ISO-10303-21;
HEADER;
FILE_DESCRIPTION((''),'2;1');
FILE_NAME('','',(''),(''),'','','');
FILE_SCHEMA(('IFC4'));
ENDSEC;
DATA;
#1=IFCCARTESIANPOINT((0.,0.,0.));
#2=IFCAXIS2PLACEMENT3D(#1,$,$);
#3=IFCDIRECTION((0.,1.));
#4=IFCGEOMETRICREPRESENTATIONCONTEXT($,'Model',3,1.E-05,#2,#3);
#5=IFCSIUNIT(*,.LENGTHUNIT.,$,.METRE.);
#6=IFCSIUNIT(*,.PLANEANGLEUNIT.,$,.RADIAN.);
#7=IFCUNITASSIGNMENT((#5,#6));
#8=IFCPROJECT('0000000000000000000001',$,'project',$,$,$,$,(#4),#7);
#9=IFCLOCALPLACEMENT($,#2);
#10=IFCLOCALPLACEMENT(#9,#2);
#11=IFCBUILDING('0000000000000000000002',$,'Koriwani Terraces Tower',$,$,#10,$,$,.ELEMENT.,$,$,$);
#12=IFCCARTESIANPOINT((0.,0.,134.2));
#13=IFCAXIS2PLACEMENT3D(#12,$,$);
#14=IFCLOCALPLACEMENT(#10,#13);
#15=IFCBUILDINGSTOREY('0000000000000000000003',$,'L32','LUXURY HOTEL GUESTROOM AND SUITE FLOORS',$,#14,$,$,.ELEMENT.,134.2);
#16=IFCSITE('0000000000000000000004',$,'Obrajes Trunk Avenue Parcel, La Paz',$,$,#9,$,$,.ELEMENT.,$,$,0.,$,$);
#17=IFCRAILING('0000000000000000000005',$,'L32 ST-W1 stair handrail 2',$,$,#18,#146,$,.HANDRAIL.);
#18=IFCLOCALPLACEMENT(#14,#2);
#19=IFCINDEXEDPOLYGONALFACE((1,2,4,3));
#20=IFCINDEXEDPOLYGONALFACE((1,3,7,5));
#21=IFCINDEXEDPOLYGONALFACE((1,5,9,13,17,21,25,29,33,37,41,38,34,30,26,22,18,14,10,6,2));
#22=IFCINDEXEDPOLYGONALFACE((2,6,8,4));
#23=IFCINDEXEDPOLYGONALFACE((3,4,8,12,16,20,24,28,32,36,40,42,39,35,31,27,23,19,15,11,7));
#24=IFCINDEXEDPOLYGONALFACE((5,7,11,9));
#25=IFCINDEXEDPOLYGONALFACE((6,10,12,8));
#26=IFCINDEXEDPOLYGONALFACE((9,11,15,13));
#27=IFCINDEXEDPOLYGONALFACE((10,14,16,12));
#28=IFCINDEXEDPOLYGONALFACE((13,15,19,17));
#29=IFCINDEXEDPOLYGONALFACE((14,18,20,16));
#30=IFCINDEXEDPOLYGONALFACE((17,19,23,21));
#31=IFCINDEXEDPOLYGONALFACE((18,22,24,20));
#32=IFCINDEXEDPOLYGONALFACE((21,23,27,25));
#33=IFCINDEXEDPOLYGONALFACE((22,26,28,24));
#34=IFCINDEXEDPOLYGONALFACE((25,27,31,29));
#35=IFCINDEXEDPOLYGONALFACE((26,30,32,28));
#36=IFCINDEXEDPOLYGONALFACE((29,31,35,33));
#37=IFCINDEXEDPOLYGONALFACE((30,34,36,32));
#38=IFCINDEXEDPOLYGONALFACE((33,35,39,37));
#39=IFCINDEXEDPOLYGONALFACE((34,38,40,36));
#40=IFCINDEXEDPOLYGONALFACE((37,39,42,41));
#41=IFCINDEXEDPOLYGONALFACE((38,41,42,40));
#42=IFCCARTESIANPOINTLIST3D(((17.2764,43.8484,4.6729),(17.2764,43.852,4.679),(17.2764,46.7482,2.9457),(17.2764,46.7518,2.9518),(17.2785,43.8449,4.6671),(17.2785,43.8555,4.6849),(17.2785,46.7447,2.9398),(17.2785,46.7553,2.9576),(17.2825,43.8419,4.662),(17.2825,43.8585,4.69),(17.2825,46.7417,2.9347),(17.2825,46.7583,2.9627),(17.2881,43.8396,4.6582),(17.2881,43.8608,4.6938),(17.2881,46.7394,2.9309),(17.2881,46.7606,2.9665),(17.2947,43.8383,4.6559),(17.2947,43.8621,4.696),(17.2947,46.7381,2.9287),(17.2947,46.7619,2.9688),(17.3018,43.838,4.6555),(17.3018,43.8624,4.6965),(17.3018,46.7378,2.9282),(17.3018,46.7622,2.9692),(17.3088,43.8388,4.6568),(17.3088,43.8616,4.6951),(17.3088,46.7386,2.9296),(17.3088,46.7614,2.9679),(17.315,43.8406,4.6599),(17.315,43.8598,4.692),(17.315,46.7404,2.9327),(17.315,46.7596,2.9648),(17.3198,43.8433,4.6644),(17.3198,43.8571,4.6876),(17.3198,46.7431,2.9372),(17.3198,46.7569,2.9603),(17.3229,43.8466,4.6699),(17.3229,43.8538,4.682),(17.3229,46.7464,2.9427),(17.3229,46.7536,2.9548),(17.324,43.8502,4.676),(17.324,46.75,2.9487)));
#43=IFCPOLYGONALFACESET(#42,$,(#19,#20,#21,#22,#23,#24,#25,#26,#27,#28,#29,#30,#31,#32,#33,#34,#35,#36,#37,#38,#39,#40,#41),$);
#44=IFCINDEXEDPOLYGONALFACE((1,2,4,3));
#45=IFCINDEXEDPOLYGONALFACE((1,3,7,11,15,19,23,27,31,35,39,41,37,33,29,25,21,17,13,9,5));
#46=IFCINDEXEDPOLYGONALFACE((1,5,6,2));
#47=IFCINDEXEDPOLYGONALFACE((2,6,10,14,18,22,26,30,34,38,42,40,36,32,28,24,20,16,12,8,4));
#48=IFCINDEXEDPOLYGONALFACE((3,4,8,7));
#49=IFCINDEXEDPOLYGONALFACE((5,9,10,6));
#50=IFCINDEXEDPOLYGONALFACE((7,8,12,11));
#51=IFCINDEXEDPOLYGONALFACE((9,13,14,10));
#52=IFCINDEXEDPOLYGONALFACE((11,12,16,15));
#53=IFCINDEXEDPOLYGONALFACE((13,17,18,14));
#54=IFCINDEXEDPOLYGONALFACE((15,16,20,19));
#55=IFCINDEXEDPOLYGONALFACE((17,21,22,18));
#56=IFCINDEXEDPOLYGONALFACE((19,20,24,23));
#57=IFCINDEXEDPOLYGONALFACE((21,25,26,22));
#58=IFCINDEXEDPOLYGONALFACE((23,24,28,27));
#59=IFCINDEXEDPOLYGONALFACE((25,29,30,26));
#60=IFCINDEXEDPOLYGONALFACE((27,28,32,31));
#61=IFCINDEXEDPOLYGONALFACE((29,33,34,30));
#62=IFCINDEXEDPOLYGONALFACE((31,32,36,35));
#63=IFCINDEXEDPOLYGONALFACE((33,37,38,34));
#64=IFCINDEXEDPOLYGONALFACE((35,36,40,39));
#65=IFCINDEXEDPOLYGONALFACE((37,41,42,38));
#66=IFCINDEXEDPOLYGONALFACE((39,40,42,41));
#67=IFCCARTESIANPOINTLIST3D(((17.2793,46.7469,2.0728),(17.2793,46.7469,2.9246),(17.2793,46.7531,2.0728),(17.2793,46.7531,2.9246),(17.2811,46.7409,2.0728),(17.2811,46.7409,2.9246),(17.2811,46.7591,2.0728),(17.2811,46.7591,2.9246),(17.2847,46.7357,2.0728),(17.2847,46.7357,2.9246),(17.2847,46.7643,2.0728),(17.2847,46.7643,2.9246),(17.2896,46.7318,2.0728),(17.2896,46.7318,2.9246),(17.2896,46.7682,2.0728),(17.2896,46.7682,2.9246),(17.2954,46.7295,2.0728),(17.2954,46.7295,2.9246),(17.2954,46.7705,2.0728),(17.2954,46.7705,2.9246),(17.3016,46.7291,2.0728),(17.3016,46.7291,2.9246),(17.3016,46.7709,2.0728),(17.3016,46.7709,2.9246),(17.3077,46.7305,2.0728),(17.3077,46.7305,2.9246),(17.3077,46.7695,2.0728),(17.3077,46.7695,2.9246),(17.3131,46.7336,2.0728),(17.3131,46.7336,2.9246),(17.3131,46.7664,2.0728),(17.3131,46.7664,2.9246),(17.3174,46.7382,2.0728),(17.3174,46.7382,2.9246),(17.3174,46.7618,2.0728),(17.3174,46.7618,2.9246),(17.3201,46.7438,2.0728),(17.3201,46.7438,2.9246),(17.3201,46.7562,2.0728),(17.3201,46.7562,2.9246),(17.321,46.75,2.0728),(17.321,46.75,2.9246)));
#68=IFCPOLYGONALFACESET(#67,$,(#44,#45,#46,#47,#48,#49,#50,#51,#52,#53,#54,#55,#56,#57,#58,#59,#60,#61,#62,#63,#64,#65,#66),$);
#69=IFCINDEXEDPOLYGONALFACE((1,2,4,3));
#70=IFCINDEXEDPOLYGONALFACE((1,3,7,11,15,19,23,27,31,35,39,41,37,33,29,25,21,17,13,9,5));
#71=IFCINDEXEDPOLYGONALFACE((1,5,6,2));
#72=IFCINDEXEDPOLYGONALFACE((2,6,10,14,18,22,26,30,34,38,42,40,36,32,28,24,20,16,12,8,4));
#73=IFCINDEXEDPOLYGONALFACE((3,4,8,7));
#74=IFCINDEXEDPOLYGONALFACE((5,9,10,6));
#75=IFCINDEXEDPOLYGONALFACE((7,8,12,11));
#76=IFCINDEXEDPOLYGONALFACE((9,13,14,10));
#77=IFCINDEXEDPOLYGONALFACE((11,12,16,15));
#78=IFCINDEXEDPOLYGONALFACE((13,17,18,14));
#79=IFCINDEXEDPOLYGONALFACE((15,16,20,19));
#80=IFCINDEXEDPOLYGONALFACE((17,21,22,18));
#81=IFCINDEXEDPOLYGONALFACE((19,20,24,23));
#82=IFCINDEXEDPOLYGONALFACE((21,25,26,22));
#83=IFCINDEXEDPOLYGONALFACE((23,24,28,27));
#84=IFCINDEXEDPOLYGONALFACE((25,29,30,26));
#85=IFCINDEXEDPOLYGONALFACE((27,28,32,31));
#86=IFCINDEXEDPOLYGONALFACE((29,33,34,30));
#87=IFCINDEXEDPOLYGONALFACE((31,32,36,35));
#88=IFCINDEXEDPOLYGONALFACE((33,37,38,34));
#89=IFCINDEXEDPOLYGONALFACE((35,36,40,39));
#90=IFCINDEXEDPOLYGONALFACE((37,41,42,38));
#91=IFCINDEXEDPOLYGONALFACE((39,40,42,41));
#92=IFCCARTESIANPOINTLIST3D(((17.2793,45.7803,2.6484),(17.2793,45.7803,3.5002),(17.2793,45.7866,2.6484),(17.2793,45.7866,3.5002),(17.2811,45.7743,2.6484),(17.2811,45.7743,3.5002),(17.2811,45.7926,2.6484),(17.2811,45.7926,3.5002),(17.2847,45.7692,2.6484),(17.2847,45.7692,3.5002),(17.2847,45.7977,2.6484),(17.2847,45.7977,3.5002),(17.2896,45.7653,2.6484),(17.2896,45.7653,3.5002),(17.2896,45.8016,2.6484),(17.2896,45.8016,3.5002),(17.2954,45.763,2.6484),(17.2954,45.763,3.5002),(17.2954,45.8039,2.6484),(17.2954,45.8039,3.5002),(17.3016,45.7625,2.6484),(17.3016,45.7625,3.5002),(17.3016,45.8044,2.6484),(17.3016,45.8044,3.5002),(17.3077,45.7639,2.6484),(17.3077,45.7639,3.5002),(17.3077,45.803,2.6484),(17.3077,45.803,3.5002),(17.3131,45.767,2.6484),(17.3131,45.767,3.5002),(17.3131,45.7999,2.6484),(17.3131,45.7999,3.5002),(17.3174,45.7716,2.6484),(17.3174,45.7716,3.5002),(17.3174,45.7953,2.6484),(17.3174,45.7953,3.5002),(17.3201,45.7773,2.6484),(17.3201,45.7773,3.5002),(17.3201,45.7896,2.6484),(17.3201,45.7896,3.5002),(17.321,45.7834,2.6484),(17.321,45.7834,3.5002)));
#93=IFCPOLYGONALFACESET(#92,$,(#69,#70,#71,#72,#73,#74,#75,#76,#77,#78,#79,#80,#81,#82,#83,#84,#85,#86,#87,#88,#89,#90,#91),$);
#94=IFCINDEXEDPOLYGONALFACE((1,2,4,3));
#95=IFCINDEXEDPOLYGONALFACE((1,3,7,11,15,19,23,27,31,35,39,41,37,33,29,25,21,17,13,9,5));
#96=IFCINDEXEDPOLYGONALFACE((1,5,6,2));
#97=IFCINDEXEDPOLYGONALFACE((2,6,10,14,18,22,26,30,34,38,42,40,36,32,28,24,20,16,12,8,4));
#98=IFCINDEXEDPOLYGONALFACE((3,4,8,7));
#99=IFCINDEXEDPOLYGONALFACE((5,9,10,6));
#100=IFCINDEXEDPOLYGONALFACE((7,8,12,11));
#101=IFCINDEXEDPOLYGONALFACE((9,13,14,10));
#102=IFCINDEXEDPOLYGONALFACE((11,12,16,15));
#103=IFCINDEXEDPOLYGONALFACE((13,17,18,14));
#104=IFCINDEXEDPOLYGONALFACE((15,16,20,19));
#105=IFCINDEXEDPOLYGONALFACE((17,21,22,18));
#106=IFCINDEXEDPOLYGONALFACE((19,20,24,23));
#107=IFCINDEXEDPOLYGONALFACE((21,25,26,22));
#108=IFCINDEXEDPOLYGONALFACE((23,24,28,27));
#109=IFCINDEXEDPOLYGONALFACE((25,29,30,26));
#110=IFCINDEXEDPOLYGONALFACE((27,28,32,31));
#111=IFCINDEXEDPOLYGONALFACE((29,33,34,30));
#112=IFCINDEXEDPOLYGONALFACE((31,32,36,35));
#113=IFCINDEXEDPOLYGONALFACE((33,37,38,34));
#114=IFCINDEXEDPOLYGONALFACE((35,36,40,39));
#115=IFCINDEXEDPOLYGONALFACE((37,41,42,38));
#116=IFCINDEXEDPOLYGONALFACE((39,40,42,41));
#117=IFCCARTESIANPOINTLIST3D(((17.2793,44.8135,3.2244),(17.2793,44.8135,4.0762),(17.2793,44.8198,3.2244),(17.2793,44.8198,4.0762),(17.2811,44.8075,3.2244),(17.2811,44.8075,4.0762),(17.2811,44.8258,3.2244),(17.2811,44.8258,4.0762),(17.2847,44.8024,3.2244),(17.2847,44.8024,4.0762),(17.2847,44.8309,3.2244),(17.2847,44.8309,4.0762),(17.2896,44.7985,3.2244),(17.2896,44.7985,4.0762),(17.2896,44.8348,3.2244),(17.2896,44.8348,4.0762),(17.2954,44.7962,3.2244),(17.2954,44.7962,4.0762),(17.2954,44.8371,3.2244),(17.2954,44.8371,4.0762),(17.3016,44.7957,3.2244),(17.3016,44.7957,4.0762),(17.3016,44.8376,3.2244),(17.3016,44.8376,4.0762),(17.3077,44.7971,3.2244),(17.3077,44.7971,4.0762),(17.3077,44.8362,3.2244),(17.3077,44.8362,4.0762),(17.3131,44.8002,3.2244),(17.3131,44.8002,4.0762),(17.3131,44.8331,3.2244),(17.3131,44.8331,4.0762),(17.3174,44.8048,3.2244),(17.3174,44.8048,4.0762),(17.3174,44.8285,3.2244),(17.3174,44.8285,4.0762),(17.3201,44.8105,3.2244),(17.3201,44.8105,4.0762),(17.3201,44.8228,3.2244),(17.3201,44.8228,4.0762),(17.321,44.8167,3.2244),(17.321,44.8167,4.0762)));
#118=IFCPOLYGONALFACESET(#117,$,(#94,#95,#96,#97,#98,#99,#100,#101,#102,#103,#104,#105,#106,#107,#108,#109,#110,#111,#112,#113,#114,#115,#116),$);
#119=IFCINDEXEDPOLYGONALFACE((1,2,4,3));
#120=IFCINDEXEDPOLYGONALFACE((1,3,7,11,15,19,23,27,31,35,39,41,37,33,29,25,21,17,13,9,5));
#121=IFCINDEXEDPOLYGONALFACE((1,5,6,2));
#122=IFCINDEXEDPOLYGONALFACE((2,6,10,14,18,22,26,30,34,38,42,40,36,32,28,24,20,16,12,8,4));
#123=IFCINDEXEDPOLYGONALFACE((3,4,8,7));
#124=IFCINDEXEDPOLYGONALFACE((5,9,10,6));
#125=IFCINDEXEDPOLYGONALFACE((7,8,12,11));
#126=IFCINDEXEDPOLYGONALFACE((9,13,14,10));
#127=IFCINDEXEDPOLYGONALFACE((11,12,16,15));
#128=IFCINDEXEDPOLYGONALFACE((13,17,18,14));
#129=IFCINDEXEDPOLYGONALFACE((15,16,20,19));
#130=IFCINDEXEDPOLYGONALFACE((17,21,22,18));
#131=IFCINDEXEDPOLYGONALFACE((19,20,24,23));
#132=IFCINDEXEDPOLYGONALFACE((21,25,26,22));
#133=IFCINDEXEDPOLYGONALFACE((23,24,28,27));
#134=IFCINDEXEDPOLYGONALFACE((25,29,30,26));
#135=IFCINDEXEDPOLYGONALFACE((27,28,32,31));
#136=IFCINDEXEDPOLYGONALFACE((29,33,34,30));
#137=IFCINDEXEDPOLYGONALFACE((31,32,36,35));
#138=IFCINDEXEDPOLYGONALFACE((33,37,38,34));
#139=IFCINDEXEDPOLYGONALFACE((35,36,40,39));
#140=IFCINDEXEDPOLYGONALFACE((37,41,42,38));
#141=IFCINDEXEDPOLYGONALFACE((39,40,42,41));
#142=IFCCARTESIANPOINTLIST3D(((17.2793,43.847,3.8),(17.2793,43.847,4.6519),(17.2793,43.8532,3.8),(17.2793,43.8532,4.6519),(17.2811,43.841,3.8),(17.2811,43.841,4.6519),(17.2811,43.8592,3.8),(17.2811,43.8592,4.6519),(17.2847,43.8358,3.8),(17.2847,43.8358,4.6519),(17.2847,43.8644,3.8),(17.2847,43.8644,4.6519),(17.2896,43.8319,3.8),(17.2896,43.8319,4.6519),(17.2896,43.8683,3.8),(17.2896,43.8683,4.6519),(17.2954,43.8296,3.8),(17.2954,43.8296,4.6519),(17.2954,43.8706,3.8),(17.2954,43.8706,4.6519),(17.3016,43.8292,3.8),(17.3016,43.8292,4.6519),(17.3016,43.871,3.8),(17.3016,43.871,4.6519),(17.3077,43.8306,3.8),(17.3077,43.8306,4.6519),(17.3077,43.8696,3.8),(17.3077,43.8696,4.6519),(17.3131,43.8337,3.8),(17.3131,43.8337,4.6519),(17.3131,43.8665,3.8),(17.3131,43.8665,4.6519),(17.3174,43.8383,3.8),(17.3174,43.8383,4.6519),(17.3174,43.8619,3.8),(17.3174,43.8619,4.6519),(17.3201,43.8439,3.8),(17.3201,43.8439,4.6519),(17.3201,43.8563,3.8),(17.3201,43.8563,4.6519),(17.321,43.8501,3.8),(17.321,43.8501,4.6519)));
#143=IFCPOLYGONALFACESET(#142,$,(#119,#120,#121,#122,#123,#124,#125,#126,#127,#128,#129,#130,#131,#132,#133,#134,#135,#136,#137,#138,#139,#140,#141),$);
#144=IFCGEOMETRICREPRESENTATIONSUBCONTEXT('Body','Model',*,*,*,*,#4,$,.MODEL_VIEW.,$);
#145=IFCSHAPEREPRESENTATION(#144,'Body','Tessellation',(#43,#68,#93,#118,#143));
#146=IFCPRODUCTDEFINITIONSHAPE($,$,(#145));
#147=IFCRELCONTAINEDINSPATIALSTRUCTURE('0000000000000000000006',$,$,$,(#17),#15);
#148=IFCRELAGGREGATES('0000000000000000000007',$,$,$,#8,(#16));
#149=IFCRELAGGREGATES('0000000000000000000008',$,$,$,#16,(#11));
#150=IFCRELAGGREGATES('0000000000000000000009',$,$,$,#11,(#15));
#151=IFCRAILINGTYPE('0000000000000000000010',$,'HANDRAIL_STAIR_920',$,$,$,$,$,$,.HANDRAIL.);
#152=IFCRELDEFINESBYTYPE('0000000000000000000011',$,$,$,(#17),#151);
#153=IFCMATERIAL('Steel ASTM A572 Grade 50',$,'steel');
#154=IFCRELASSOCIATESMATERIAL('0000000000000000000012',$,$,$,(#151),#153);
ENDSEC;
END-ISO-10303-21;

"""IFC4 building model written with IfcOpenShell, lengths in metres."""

from ifc_helpers import new_model, si_unit, direction, frame, origin, origin_2d, place, context, subcontext, project, spatial, circle, extrude, material, type_object, element, save


model = new_model("IFC4")

# Units and contexts
model_context = context("Model", 3, precision=1e-05, world=origin(), true_north=direction((0.0, 1.0)))
body_context = subcontext(model_context, "Body", "Model", "MODEL_VIEW")
ifc_project = project(units=[si_unit("LENGTHUNIT", "METRE"), si_unit("PLANEANGLEUNIT", "RADIAN")], contexts=[model_context])

# Site, building, storey
site_placement = place(None, origin())
site = spatial("IfcSite", under=ifc_project, at=site_placement, Name="Obrajes Trunk Avenue Parcel, La Paz", CompositionType="ELEMENT", RefElevation=0.0)
building_placement = place(site_placement, origin())
building = spatial("IfcBuilding", under=site, at=building_placement, Name="Koriwani Terraces Tower", CompositionType="ELEMENT")
storey_placement = place(building_placement, frame((0.0, 0.0, 134.2)))
storey = spatial("IfcBuildingStorey", under=building, at=storey_placement, Name="L32", Description="LUXURY HOTEL GUESTROOM AND SUITE FLOORS", CompositionType="ELEMENT", Elevation=134.2)

# Shared definitions
ifc_material_1 = material(Name="Steel ASTM A572 Grade 50", Category="steel")

# Railing
railing_type_1 = type_object("IfcRailingType", Name="HANDRAIL_STAIR_920", PredefinedType="HANDRAIL", material=ifc_material_1)
railing_1_placement = place(storey_placement, frame((17.3, 46.75, 2.0728)))
element("IfcRailing", 1, at=railing_1_placement, inside=storey, type_object=railing_type_1, Name="L32 ST-W1 stair handrail 2", PredefinedType="HANDRAIL", context=body_context, shape_type="SweptSolid", body=[
    extrude(circle(Radius=0.0239, at=origin_2d()), frame((0.0, 0.0, 0.876), z_axis=(0.0, -0.859141, 0.511738), x_axis=(1.0, 0.0, 0.0)), (0.0, 0.0, 1.0), 3.3752),
    extrude(circle(Radius=0.021, at=origin_2d()), origin(), (0.0, 0.0, 1.0), 0.8518),
    extrude(circle(Radius=0.021, at=origin_2d()), frame((0.0, -0.9666, 0.5757)), (0.0, 0.0, 1.0), 0.8518),
    extrude(circle(Radius=0.021, at=origin_2d()), frame((0.0, -1.9333, 1.1516)), (0.0, 0.0, 1.0), 0.8518),
    extrude(circle(Radius=0.021, at=origin_2d()), frame((0.0, -2.8999, 1.7273)), (0.0, 0.0, 1.0), 0.8518),
])

save(model, "model.ifc")
